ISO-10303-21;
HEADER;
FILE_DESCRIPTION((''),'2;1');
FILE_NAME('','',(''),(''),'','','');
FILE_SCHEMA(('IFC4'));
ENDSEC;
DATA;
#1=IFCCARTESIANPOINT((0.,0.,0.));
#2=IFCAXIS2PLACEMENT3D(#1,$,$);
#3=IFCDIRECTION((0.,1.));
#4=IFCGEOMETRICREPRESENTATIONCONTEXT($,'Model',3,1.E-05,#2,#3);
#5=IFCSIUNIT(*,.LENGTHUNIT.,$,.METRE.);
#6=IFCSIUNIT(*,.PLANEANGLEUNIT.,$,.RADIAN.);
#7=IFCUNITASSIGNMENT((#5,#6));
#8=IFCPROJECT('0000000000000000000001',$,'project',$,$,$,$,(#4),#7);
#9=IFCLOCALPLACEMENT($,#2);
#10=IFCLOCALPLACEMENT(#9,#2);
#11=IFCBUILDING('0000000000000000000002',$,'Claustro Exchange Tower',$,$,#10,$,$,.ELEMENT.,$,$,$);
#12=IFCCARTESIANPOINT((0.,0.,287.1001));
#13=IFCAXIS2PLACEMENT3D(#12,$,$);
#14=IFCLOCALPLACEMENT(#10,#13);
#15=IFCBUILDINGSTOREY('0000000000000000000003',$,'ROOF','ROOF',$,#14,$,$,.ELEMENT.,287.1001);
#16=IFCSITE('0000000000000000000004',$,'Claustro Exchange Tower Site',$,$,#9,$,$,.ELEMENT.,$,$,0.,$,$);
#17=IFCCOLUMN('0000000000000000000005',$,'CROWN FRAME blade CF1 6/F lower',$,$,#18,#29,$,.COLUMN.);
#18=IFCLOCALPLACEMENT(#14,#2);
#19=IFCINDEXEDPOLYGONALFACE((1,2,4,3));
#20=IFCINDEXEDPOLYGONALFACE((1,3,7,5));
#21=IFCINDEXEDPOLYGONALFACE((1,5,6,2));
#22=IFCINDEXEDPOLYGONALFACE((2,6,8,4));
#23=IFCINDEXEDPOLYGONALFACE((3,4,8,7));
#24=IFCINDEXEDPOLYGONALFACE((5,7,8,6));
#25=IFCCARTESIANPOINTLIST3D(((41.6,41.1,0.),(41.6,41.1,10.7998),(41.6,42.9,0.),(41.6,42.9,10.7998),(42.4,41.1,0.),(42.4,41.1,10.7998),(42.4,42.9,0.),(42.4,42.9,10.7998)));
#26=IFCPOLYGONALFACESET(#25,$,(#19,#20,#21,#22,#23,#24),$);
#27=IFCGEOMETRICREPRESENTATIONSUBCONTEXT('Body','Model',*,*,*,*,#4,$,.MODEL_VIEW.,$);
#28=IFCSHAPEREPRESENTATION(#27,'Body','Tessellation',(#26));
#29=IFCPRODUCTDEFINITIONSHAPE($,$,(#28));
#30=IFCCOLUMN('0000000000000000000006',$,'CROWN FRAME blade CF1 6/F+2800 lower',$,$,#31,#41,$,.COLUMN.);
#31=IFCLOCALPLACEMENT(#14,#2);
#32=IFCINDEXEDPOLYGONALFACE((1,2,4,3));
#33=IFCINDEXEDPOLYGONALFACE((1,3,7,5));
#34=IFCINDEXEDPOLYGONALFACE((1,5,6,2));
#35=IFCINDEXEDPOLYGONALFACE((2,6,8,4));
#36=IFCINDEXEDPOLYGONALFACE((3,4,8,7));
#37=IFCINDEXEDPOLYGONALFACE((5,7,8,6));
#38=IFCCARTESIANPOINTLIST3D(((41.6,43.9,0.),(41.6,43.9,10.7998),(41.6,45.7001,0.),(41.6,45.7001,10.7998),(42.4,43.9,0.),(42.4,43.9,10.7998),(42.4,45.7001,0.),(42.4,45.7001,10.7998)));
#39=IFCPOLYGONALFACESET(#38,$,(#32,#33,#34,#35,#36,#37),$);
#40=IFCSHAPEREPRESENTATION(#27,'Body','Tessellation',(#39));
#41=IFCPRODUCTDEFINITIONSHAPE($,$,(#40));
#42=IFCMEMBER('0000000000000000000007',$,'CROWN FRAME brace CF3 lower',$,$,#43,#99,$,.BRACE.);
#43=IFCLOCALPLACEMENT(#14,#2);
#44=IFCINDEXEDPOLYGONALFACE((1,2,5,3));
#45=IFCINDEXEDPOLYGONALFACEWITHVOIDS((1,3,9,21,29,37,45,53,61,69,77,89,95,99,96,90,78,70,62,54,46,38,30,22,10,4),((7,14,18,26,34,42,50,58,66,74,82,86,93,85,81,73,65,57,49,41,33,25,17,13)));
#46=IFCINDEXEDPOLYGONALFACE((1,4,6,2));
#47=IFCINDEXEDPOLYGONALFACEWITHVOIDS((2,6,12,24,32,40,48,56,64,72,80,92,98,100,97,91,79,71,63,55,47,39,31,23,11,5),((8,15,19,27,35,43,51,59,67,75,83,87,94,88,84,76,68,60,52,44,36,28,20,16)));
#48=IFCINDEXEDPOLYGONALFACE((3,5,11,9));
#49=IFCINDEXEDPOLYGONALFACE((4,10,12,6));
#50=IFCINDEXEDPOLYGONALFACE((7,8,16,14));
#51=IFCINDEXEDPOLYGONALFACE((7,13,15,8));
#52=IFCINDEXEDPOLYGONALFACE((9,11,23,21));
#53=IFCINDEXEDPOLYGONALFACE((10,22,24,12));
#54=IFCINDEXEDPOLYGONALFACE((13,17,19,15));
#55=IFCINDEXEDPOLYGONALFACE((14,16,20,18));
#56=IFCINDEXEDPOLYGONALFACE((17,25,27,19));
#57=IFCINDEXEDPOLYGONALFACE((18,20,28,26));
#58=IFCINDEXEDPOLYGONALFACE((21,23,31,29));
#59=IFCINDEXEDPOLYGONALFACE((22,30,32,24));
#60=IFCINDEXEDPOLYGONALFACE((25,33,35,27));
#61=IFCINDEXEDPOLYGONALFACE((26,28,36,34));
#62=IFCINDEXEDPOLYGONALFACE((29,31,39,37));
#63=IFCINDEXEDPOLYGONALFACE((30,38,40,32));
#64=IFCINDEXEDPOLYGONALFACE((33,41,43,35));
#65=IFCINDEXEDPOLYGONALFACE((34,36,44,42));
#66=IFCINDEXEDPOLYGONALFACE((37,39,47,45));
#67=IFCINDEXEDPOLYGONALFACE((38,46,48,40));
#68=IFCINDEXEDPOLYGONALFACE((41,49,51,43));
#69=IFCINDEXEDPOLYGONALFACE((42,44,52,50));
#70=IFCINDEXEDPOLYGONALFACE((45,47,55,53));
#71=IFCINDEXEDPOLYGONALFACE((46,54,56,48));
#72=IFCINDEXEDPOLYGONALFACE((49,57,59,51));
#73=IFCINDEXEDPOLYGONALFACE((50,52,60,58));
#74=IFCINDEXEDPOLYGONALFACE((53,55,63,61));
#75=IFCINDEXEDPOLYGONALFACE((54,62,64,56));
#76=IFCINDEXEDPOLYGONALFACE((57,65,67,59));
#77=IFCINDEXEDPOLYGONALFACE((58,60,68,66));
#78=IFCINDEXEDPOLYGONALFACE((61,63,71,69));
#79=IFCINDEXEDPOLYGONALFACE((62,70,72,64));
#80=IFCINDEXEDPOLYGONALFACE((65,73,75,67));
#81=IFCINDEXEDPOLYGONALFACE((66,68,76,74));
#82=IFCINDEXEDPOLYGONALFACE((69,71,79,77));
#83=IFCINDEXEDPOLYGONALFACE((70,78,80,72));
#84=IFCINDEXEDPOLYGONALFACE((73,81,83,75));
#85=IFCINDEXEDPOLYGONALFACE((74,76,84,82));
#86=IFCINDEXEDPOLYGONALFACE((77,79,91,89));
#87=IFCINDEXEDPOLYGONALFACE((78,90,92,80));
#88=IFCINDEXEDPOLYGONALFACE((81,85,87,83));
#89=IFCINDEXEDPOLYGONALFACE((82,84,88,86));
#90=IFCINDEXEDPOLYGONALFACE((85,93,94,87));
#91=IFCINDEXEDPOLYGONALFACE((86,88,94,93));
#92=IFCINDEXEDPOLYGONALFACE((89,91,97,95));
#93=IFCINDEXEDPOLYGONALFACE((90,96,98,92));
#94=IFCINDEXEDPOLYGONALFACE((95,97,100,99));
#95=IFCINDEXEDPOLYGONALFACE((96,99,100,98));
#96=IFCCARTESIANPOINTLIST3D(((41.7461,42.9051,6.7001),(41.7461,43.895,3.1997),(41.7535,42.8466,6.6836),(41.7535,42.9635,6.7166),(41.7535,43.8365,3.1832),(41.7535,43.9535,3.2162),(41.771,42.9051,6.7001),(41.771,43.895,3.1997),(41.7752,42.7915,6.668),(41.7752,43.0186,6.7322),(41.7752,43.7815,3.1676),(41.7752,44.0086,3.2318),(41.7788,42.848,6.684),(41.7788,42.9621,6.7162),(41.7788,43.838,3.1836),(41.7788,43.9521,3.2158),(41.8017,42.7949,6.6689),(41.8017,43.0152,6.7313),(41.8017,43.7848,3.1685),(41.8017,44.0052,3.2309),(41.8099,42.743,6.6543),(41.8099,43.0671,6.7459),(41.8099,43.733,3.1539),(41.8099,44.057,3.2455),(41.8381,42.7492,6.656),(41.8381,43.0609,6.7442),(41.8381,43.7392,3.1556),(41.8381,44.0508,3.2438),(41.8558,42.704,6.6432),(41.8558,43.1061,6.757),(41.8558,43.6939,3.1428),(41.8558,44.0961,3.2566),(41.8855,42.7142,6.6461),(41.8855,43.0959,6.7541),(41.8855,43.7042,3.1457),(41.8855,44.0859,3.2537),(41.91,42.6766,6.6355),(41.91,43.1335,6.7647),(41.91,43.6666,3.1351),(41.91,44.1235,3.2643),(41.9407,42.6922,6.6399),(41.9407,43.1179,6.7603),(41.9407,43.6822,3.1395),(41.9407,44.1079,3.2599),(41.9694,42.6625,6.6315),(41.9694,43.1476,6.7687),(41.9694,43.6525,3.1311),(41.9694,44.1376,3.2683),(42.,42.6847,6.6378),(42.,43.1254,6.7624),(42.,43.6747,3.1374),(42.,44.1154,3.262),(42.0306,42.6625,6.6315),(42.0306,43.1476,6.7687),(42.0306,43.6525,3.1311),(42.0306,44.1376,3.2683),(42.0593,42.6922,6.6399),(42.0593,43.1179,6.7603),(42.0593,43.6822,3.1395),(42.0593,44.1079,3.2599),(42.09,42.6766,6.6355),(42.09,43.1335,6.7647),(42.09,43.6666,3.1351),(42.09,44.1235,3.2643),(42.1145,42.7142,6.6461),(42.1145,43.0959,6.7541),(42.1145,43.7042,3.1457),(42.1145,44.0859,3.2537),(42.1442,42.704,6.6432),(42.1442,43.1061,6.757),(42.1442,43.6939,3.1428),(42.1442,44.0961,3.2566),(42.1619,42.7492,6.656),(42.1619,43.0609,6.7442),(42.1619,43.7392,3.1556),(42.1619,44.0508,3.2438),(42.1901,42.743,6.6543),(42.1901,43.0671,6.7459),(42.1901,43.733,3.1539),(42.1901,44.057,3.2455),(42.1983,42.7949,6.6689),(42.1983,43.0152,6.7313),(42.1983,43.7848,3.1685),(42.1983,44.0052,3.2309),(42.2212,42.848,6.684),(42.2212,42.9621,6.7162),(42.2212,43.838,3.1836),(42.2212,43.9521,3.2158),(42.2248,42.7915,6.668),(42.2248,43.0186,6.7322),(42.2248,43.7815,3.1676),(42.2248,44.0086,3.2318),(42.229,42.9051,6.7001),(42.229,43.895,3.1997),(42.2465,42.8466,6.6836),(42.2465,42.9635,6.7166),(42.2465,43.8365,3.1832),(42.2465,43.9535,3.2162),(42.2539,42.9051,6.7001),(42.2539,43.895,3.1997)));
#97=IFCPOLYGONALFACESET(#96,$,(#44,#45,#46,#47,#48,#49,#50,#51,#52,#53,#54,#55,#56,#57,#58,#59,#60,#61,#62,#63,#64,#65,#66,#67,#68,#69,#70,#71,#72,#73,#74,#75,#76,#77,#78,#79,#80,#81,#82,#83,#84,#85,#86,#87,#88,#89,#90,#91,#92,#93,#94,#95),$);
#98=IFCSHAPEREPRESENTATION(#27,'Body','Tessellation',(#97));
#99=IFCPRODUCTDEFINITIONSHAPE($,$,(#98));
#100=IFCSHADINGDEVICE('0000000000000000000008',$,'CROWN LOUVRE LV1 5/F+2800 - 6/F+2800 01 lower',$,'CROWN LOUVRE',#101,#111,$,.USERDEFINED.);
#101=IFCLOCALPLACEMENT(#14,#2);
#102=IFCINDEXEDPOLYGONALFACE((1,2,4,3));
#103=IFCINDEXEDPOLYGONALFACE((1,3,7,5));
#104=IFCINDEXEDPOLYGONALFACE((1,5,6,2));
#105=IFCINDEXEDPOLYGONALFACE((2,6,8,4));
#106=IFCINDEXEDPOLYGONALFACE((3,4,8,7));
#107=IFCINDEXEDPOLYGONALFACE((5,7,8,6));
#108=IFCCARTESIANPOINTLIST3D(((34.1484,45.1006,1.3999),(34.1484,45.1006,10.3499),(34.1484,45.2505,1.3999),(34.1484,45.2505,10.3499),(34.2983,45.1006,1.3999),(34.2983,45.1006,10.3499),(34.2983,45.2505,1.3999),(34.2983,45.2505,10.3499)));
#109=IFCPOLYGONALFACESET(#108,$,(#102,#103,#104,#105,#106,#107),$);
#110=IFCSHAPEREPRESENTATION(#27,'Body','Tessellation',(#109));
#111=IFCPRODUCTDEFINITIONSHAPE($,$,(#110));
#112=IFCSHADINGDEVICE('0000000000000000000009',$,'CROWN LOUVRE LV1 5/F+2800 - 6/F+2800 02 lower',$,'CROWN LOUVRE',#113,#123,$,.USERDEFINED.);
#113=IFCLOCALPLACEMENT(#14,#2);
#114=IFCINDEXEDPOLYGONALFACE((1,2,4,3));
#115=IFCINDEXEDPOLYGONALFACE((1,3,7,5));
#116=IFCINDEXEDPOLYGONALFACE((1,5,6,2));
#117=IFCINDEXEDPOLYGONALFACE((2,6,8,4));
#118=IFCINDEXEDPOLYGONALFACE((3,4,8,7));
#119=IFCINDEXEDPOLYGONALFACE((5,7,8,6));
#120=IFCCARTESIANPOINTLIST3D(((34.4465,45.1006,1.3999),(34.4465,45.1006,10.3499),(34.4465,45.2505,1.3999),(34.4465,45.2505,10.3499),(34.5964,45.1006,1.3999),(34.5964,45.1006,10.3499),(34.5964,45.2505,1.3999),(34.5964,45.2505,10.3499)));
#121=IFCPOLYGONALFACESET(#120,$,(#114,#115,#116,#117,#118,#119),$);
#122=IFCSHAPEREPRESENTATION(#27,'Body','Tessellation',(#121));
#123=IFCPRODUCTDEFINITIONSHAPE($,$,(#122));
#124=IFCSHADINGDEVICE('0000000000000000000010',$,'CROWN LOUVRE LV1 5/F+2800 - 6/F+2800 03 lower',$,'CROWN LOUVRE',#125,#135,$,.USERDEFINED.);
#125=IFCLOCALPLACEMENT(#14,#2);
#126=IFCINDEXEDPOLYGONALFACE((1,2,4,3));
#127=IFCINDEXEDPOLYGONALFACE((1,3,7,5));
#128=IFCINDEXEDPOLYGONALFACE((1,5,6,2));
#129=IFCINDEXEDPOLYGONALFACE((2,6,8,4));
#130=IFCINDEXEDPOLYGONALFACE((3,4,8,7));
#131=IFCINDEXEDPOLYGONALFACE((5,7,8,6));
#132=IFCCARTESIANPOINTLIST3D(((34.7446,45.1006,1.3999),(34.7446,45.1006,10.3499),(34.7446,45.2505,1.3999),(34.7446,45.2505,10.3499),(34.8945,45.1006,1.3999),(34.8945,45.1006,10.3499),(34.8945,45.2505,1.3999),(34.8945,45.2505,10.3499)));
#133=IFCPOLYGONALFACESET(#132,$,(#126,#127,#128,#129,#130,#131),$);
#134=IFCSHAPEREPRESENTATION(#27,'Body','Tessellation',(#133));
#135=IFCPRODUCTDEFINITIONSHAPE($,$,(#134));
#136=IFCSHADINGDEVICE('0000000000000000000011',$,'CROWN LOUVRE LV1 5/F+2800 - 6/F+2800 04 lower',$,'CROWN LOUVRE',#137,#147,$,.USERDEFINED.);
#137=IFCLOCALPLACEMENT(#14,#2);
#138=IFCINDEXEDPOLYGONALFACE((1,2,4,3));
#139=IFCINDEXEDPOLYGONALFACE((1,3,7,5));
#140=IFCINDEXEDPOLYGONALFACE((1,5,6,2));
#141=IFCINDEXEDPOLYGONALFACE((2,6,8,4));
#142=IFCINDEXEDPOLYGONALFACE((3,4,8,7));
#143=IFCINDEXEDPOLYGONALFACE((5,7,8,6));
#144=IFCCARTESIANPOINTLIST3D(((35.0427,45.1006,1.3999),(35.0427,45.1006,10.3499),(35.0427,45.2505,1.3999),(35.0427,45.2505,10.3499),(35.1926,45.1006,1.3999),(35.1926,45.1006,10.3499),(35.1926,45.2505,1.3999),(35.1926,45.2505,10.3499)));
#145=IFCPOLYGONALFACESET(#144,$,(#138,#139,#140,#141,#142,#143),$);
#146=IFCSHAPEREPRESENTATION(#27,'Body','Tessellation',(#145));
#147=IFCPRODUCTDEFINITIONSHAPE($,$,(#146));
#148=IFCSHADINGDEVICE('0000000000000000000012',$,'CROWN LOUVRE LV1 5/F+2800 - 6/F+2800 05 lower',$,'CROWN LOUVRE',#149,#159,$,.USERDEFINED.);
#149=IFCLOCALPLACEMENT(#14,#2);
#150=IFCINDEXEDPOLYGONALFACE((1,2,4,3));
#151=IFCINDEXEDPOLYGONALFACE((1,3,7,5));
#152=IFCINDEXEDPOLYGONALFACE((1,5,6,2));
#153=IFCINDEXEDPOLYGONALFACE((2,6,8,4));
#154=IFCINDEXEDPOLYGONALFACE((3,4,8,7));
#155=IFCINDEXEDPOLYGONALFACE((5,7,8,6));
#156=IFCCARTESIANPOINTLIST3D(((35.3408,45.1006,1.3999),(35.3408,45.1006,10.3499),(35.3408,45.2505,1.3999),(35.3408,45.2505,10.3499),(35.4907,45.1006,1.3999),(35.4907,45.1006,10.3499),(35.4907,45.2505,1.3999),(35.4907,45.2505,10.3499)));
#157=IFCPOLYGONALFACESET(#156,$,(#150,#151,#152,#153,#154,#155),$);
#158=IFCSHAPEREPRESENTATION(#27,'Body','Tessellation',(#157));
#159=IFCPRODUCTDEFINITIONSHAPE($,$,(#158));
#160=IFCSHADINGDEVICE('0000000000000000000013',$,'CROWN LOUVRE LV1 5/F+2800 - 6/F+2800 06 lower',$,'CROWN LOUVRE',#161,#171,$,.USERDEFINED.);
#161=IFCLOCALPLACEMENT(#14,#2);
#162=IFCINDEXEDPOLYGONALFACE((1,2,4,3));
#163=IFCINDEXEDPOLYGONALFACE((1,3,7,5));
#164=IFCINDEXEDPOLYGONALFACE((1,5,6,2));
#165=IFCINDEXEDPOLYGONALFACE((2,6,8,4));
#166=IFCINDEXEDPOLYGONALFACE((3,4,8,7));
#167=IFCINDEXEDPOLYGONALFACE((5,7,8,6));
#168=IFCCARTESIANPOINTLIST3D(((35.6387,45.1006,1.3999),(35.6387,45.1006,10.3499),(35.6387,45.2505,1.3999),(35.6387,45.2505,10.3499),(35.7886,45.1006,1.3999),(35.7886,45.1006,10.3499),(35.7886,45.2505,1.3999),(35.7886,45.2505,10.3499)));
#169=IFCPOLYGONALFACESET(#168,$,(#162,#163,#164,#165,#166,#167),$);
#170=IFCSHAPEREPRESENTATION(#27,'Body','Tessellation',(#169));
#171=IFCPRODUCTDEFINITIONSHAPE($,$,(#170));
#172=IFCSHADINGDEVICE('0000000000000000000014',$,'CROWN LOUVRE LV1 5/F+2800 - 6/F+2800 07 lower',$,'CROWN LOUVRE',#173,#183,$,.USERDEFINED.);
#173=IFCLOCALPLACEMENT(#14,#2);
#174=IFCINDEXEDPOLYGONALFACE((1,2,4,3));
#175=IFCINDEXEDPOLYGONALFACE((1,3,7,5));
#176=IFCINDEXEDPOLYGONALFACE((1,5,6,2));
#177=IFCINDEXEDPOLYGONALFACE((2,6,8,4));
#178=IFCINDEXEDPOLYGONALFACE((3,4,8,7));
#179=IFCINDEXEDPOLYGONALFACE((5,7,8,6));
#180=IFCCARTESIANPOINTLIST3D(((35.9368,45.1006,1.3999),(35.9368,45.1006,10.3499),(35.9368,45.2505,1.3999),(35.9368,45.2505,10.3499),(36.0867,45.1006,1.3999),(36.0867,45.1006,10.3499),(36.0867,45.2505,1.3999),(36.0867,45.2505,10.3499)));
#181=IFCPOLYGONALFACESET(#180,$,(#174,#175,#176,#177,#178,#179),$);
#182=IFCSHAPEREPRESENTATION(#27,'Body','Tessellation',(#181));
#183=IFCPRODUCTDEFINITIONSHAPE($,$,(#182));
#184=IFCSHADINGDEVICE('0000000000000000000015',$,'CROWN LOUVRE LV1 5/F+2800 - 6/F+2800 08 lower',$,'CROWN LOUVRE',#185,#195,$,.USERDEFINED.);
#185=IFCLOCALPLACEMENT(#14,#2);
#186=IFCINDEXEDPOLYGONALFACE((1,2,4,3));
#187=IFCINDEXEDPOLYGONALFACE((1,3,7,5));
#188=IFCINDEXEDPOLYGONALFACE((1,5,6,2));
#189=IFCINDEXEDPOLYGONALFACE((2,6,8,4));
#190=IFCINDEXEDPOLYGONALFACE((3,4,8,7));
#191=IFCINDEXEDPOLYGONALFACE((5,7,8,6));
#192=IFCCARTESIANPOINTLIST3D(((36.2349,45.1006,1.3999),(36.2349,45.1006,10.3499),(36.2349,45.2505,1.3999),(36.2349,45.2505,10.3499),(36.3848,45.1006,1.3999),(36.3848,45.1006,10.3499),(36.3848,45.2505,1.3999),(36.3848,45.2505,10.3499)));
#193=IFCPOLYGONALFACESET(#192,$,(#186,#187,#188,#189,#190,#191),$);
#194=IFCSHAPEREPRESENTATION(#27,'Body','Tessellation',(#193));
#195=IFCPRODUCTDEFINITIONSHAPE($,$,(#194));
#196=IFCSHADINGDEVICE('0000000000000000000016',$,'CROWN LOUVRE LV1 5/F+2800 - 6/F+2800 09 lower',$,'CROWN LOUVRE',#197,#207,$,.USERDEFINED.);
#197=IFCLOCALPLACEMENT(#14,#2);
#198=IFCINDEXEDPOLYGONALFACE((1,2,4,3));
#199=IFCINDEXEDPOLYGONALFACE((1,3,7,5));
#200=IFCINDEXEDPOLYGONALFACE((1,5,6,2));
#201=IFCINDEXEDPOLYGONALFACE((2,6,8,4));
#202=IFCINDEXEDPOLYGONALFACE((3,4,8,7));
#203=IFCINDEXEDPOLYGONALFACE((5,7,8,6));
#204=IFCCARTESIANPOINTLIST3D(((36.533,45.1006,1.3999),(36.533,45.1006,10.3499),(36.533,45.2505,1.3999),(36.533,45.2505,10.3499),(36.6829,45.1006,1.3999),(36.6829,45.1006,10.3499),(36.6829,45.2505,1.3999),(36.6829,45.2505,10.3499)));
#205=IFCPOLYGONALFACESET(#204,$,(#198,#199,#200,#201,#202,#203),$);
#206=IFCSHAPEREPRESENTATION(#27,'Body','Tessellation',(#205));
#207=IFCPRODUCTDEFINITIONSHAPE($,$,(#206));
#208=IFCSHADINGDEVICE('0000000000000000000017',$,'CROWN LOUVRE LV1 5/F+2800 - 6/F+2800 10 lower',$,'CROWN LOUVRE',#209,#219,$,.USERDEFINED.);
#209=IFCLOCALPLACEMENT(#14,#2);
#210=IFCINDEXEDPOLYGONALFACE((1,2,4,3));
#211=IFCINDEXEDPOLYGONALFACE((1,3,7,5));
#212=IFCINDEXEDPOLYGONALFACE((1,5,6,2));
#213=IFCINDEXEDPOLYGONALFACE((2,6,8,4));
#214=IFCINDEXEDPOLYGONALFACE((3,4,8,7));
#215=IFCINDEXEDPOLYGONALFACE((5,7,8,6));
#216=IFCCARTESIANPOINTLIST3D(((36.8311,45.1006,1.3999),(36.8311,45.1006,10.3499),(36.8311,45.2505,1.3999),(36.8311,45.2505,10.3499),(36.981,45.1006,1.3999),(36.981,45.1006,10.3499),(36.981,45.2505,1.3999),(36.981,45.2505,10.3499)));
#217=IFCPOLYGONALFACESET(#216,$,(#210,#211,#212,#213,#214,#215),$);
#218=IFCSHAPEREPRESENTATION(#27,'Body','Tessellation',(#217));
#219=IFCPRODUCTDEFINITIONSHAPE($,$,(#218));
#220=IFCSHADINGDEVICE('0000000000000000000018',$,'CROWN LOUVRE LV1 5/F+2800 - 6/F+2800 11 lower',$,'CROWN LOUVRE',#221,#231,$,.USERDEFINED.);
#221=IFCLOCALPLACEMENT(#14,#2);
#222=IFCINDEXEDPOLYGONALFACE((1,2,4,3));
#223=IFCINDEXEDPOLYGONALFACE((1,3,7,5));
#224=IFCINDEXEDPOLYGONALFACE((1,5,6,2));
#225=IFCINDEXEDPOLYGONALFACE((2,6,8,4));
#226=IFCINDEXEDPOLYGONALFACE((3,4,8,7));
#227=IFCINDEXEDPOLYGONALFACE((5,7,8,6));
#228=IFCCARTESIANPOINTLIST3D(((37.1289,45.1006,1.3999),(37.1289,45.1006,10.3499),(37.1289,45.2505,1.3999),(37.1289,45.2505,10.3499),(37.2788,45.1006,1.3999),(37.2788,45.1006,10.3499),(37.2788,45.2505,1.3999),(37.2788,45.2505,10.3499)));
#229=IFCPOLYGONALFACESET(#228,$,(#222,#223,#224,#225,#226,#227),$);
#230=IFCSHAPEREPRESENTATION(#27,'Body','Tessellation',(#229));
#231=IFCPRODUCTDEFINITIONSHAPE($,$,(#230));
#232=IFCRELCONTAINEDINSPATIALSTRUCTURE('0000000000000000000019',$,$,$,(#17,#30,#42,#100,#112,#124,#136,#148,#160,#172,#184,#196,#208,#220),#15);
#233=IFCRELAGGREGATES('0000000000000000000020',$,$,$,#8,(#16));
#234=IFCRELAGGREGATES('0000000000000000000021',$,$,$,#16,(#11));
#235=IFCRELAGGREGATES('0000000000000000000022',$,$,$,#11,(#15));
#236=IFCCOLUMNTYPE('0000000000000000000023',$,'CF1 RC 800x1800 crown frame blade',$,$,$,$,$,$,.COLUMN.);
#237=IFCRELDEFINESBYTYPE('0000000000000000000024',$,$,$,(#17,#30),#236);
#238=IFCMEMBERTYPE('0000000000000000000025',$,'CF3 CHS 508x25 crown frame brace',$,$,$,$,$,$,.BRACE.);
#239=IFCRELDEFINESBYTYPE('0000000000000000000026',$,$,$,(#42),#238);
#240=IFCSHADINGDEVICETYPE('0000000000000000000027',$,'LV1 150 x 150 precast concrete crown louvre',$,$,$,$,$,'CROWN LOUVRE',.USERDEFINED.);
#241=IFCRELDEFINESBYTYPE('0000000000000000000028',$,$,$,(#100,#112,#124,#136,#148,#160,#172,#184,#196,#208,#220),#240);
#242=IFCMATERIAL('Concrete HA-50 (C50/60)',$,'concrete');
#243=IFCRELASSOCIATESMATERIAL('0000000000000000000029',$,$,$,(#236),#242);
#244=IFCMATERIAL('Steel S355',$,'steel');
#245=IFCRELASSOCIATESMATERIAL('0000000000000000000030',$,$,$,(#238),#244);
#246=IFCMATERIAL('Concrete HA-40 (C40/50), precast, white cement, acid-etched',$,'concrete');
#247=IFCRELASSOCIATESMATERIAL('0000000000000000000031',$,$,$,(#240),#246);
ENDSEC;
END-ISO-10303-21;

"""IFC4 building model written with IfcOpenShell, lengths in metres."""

from ifc_helpers import new_model, si_unit, direction, frame, origin, origin_2d, place, context, subcontext, project, spatial, rectangle, hollow_circle, extrude, material, material_profile, profile_set, type_object, element, save


model = new_model("IFC4")

# Units and contexts
model_context = context("Model", 3, precision=1e-05, world=origin(), true_north=direction((0.0, 1.0)))
body_context = subcontext(model_context, "Body", "Model", "MODEL_VIEW")
ifc_project = project(units=[si_unit("LENGTHUNIT", "METRE"), si_unit("PLANEANGLEUNIT", "RADIAN")], contexts=[model_context])

# Site, building, storey
site_placement = place(None, origin())
site = spatial("IfcSite", under=ifc_project, at=site_placement, Name="Claustro Exchange Tower Site", CompositionType="ELEMENT", RefElevation=0.0)
building_placement = place(site_placement, origin())
building = spatial("IfcBuilding", under=site, at=building_placement, Name="Claustro Exchange Tower", CompositionType="ELEMENT")
storey_placement = place(building_placement, frame((0.0, 0.0, 287.1001)))
storey = spatial("IfcBuildingStorey", under=building, at=storey_placement, Name="ROOF", Description="ROOF", CompositionType="ELEMENT", Elevation=287.1001)

# Columns
ifc_material_1 = material(Name="Concrete HA-50 (C50/60)", Category="concrete")
ifc_material_profile_1 = material_profile(ifc_material_1, rectangle(XDim=0.8, YDim=1.8, at=origin_2d()), Name="RC 800x1800")
ifc_profile_set_1 = profile_set([ifc_material_profile_1], Name="Concrete HA-50 (C50/60)")
column_type = type_object("IfcColumnType", Name="CF1 RC 800x1800 crown frame blade", PredefinedType="COLUMN", material=ifc_profile_set_1)
for number, where, z_axis, x_axis, name in (
    (1, (42.0, 42.0, 0.0), (0.0, 0.0, 1.0), (1.0, 0.0, 0.0), "CROWN FRAME blade CF1 6/F lower"),
    (2, (42.0, 44.8, 0.0), (0.0, 0.0, 1.0), (1.0, 0.0, 0.0), "CROWN FRAME blade CF1 6/F+2800 lower"),
):
    element("IfcColumn", number, at=place(storey_placement, frame(where, z_axis=z_axis, x_axis=x_axis)), inside=storey, type_object=column_type, Name=name, PredefinedType="COLUMN", context=body_context, shape_type="SweptSolid", body=[
        extrude(rectangle(XDim=0.8, YDim=1.8, at=origin_2d()), origin(), (0.0, 0.0, 1.0), 10.7998),
    ])

# Member
ifc_material_2 = material(Name="Steel S355", Category="steel")
ifc_material_profile_2 = material_profile(ifc_material_2, hollow_circle(Radius=0.2539, WallThickness=0.0249, at=origin_2d()), Name="CHS 508x25")
ifc_profile_set_2 = profile_set([ifc_material_profile_2], Name="Steel S355")
member_type = type_object("IfcMemberType", Name="CF3 CHS 508x25 crown frame brace", PredefinedType="BRACE", material=ifc_profile_set_2)
member_placement = place(storey_placement, frame((42.0, 43.895, 3.1997), z_axis=(0.0, -0.272141, 0.962257), x_axis=(1.0, 0.0, 0.0)))
element("IfcMember", 3, at=member_placement, inside=storey, type_object=member_type, Name="CROWN FRAME brace CF3 lower", PredefinedType="BRACE", context=body_context, shape_type="SweptSolid", body=[
    extrude(hollow_circle(Radius=0.2539, WallThickness=0.0249, at=origin_2d()), origin(), (0.0, 0.0, 1.0), 3.6377),
])

# Shading devices
ifc_material_3 = material(Name="Concrete HA-40 (C40/50), precast, white cement, acid-etched", Category="concrete")
shading_device_type = type_object("IfcShadingDeviceType", Name="LV1 150 x 150 precast concrete crown louvre", ElementType="CROWN LOUVRE", PredefinedType="USERDEFINED", material=ifc_material_3)
for number, where, z_axis, x_axis, name in (
    (4, (34.2234, 45.1755, 1.3999), (0.0, 0.0, 1.0), (1.0, 0.0, 0.0), "CROWN LOUVRE LV1 5/F+2800 - 6/F+2800 01 lower"),
    (5, (34.5215, 45.1755, 1.3999), (0.0, 0.0, 1.0), (1.0, 0.0, 0.0), "CROWN LOUVRE LV1 5/F+2800 - 6/F+2800 02 lower"),
    (6, (34.8196, 45.1755, 1.3999), (0.0, 0.0, 1.0), (1.0, 0.0, 0.0), "CROWN LOUVRE LV1 5/F+2800 - 6/F+2800 03 lower"),
    (7, (35.1177, 45.1755, 1.3999), (0.0, 0.0, 1.0), (1.0, 0.0, 0.0), "CROWN LOUVRE LV1 5/F+2800 - 6/F+2800 04 lower"),
    (8, (35.4158, 45.1755, 1.3999), (0.0, 0.0, 1.0), (1.0, 0.0, 0.0), "CROWN LOUVRE LV1 5/F+2800 - 6/F+2800 05 lower"),
    (9, (35.7136, 45.1755, 1.3999), (0.0, 0.0, 1.0), (1.0, 0.0, 0.0), "CROWN LOUVRE LV1 5/F+2800 - 6/F+2800 06 lower"),
    (10, (36.0117, 45.1755, 1.3999), (0.0, 0.0, 1.0), (1.0, 0.0, 0.0), "CROWN LOUVRE LV1 5/F+2800 - 6/F+2800 07 lower"),
    (11, (36.3098, 45.1755, 1.3999), (0.0, 0.0, 1.0), (1.0, 0.0, 0.0), "CROWN LOUVRE LV1 5/F+2800 - 6/F+2800 08 lower"),
    (12, (36.6079, 45.1755, 1.3999), (0.0, 0.0, 1.0), (1.0, 0.0, 0.0), "CROWN LOUVRE LV1 5/F+2800 - 6/F+2800 09 lower"),
    (13, (36.906, 45.1755, 1.3999), (0.0, 0.0, 1.0), (1.0, 0.0, 0.0), "CROWN LOUVRE LV1 5/F+2800 - 6/F+2800 10 lower"),
    (14, (37.2039, 45.1755, 1.3999), (0.0, 0.0, 1.0), (1.0, 0.0, 0.0), "CROWN LOUVRE LV1 5/F+2800 - 6/F+2800 11 lower"),
):
    element("IfcShadingDevice", number, at=place(storey_placement, frame(where, z_axis=z_axis, x_axis=x_axis)), inside=storey, type_object=shading_device_type, Name=name, ObjectType="CROWN LOUVRE", PredefinedType="USERDEFINED", context=body_context, shape_type="SweptSolid", body=[
        extrude(rectangle(XDim=0.1499, YDim=0.1499, at=origin_2d()), origin(), (0.0, 0.0, 1.0), 8.95),
    ])

save(model, "model.ifc")
